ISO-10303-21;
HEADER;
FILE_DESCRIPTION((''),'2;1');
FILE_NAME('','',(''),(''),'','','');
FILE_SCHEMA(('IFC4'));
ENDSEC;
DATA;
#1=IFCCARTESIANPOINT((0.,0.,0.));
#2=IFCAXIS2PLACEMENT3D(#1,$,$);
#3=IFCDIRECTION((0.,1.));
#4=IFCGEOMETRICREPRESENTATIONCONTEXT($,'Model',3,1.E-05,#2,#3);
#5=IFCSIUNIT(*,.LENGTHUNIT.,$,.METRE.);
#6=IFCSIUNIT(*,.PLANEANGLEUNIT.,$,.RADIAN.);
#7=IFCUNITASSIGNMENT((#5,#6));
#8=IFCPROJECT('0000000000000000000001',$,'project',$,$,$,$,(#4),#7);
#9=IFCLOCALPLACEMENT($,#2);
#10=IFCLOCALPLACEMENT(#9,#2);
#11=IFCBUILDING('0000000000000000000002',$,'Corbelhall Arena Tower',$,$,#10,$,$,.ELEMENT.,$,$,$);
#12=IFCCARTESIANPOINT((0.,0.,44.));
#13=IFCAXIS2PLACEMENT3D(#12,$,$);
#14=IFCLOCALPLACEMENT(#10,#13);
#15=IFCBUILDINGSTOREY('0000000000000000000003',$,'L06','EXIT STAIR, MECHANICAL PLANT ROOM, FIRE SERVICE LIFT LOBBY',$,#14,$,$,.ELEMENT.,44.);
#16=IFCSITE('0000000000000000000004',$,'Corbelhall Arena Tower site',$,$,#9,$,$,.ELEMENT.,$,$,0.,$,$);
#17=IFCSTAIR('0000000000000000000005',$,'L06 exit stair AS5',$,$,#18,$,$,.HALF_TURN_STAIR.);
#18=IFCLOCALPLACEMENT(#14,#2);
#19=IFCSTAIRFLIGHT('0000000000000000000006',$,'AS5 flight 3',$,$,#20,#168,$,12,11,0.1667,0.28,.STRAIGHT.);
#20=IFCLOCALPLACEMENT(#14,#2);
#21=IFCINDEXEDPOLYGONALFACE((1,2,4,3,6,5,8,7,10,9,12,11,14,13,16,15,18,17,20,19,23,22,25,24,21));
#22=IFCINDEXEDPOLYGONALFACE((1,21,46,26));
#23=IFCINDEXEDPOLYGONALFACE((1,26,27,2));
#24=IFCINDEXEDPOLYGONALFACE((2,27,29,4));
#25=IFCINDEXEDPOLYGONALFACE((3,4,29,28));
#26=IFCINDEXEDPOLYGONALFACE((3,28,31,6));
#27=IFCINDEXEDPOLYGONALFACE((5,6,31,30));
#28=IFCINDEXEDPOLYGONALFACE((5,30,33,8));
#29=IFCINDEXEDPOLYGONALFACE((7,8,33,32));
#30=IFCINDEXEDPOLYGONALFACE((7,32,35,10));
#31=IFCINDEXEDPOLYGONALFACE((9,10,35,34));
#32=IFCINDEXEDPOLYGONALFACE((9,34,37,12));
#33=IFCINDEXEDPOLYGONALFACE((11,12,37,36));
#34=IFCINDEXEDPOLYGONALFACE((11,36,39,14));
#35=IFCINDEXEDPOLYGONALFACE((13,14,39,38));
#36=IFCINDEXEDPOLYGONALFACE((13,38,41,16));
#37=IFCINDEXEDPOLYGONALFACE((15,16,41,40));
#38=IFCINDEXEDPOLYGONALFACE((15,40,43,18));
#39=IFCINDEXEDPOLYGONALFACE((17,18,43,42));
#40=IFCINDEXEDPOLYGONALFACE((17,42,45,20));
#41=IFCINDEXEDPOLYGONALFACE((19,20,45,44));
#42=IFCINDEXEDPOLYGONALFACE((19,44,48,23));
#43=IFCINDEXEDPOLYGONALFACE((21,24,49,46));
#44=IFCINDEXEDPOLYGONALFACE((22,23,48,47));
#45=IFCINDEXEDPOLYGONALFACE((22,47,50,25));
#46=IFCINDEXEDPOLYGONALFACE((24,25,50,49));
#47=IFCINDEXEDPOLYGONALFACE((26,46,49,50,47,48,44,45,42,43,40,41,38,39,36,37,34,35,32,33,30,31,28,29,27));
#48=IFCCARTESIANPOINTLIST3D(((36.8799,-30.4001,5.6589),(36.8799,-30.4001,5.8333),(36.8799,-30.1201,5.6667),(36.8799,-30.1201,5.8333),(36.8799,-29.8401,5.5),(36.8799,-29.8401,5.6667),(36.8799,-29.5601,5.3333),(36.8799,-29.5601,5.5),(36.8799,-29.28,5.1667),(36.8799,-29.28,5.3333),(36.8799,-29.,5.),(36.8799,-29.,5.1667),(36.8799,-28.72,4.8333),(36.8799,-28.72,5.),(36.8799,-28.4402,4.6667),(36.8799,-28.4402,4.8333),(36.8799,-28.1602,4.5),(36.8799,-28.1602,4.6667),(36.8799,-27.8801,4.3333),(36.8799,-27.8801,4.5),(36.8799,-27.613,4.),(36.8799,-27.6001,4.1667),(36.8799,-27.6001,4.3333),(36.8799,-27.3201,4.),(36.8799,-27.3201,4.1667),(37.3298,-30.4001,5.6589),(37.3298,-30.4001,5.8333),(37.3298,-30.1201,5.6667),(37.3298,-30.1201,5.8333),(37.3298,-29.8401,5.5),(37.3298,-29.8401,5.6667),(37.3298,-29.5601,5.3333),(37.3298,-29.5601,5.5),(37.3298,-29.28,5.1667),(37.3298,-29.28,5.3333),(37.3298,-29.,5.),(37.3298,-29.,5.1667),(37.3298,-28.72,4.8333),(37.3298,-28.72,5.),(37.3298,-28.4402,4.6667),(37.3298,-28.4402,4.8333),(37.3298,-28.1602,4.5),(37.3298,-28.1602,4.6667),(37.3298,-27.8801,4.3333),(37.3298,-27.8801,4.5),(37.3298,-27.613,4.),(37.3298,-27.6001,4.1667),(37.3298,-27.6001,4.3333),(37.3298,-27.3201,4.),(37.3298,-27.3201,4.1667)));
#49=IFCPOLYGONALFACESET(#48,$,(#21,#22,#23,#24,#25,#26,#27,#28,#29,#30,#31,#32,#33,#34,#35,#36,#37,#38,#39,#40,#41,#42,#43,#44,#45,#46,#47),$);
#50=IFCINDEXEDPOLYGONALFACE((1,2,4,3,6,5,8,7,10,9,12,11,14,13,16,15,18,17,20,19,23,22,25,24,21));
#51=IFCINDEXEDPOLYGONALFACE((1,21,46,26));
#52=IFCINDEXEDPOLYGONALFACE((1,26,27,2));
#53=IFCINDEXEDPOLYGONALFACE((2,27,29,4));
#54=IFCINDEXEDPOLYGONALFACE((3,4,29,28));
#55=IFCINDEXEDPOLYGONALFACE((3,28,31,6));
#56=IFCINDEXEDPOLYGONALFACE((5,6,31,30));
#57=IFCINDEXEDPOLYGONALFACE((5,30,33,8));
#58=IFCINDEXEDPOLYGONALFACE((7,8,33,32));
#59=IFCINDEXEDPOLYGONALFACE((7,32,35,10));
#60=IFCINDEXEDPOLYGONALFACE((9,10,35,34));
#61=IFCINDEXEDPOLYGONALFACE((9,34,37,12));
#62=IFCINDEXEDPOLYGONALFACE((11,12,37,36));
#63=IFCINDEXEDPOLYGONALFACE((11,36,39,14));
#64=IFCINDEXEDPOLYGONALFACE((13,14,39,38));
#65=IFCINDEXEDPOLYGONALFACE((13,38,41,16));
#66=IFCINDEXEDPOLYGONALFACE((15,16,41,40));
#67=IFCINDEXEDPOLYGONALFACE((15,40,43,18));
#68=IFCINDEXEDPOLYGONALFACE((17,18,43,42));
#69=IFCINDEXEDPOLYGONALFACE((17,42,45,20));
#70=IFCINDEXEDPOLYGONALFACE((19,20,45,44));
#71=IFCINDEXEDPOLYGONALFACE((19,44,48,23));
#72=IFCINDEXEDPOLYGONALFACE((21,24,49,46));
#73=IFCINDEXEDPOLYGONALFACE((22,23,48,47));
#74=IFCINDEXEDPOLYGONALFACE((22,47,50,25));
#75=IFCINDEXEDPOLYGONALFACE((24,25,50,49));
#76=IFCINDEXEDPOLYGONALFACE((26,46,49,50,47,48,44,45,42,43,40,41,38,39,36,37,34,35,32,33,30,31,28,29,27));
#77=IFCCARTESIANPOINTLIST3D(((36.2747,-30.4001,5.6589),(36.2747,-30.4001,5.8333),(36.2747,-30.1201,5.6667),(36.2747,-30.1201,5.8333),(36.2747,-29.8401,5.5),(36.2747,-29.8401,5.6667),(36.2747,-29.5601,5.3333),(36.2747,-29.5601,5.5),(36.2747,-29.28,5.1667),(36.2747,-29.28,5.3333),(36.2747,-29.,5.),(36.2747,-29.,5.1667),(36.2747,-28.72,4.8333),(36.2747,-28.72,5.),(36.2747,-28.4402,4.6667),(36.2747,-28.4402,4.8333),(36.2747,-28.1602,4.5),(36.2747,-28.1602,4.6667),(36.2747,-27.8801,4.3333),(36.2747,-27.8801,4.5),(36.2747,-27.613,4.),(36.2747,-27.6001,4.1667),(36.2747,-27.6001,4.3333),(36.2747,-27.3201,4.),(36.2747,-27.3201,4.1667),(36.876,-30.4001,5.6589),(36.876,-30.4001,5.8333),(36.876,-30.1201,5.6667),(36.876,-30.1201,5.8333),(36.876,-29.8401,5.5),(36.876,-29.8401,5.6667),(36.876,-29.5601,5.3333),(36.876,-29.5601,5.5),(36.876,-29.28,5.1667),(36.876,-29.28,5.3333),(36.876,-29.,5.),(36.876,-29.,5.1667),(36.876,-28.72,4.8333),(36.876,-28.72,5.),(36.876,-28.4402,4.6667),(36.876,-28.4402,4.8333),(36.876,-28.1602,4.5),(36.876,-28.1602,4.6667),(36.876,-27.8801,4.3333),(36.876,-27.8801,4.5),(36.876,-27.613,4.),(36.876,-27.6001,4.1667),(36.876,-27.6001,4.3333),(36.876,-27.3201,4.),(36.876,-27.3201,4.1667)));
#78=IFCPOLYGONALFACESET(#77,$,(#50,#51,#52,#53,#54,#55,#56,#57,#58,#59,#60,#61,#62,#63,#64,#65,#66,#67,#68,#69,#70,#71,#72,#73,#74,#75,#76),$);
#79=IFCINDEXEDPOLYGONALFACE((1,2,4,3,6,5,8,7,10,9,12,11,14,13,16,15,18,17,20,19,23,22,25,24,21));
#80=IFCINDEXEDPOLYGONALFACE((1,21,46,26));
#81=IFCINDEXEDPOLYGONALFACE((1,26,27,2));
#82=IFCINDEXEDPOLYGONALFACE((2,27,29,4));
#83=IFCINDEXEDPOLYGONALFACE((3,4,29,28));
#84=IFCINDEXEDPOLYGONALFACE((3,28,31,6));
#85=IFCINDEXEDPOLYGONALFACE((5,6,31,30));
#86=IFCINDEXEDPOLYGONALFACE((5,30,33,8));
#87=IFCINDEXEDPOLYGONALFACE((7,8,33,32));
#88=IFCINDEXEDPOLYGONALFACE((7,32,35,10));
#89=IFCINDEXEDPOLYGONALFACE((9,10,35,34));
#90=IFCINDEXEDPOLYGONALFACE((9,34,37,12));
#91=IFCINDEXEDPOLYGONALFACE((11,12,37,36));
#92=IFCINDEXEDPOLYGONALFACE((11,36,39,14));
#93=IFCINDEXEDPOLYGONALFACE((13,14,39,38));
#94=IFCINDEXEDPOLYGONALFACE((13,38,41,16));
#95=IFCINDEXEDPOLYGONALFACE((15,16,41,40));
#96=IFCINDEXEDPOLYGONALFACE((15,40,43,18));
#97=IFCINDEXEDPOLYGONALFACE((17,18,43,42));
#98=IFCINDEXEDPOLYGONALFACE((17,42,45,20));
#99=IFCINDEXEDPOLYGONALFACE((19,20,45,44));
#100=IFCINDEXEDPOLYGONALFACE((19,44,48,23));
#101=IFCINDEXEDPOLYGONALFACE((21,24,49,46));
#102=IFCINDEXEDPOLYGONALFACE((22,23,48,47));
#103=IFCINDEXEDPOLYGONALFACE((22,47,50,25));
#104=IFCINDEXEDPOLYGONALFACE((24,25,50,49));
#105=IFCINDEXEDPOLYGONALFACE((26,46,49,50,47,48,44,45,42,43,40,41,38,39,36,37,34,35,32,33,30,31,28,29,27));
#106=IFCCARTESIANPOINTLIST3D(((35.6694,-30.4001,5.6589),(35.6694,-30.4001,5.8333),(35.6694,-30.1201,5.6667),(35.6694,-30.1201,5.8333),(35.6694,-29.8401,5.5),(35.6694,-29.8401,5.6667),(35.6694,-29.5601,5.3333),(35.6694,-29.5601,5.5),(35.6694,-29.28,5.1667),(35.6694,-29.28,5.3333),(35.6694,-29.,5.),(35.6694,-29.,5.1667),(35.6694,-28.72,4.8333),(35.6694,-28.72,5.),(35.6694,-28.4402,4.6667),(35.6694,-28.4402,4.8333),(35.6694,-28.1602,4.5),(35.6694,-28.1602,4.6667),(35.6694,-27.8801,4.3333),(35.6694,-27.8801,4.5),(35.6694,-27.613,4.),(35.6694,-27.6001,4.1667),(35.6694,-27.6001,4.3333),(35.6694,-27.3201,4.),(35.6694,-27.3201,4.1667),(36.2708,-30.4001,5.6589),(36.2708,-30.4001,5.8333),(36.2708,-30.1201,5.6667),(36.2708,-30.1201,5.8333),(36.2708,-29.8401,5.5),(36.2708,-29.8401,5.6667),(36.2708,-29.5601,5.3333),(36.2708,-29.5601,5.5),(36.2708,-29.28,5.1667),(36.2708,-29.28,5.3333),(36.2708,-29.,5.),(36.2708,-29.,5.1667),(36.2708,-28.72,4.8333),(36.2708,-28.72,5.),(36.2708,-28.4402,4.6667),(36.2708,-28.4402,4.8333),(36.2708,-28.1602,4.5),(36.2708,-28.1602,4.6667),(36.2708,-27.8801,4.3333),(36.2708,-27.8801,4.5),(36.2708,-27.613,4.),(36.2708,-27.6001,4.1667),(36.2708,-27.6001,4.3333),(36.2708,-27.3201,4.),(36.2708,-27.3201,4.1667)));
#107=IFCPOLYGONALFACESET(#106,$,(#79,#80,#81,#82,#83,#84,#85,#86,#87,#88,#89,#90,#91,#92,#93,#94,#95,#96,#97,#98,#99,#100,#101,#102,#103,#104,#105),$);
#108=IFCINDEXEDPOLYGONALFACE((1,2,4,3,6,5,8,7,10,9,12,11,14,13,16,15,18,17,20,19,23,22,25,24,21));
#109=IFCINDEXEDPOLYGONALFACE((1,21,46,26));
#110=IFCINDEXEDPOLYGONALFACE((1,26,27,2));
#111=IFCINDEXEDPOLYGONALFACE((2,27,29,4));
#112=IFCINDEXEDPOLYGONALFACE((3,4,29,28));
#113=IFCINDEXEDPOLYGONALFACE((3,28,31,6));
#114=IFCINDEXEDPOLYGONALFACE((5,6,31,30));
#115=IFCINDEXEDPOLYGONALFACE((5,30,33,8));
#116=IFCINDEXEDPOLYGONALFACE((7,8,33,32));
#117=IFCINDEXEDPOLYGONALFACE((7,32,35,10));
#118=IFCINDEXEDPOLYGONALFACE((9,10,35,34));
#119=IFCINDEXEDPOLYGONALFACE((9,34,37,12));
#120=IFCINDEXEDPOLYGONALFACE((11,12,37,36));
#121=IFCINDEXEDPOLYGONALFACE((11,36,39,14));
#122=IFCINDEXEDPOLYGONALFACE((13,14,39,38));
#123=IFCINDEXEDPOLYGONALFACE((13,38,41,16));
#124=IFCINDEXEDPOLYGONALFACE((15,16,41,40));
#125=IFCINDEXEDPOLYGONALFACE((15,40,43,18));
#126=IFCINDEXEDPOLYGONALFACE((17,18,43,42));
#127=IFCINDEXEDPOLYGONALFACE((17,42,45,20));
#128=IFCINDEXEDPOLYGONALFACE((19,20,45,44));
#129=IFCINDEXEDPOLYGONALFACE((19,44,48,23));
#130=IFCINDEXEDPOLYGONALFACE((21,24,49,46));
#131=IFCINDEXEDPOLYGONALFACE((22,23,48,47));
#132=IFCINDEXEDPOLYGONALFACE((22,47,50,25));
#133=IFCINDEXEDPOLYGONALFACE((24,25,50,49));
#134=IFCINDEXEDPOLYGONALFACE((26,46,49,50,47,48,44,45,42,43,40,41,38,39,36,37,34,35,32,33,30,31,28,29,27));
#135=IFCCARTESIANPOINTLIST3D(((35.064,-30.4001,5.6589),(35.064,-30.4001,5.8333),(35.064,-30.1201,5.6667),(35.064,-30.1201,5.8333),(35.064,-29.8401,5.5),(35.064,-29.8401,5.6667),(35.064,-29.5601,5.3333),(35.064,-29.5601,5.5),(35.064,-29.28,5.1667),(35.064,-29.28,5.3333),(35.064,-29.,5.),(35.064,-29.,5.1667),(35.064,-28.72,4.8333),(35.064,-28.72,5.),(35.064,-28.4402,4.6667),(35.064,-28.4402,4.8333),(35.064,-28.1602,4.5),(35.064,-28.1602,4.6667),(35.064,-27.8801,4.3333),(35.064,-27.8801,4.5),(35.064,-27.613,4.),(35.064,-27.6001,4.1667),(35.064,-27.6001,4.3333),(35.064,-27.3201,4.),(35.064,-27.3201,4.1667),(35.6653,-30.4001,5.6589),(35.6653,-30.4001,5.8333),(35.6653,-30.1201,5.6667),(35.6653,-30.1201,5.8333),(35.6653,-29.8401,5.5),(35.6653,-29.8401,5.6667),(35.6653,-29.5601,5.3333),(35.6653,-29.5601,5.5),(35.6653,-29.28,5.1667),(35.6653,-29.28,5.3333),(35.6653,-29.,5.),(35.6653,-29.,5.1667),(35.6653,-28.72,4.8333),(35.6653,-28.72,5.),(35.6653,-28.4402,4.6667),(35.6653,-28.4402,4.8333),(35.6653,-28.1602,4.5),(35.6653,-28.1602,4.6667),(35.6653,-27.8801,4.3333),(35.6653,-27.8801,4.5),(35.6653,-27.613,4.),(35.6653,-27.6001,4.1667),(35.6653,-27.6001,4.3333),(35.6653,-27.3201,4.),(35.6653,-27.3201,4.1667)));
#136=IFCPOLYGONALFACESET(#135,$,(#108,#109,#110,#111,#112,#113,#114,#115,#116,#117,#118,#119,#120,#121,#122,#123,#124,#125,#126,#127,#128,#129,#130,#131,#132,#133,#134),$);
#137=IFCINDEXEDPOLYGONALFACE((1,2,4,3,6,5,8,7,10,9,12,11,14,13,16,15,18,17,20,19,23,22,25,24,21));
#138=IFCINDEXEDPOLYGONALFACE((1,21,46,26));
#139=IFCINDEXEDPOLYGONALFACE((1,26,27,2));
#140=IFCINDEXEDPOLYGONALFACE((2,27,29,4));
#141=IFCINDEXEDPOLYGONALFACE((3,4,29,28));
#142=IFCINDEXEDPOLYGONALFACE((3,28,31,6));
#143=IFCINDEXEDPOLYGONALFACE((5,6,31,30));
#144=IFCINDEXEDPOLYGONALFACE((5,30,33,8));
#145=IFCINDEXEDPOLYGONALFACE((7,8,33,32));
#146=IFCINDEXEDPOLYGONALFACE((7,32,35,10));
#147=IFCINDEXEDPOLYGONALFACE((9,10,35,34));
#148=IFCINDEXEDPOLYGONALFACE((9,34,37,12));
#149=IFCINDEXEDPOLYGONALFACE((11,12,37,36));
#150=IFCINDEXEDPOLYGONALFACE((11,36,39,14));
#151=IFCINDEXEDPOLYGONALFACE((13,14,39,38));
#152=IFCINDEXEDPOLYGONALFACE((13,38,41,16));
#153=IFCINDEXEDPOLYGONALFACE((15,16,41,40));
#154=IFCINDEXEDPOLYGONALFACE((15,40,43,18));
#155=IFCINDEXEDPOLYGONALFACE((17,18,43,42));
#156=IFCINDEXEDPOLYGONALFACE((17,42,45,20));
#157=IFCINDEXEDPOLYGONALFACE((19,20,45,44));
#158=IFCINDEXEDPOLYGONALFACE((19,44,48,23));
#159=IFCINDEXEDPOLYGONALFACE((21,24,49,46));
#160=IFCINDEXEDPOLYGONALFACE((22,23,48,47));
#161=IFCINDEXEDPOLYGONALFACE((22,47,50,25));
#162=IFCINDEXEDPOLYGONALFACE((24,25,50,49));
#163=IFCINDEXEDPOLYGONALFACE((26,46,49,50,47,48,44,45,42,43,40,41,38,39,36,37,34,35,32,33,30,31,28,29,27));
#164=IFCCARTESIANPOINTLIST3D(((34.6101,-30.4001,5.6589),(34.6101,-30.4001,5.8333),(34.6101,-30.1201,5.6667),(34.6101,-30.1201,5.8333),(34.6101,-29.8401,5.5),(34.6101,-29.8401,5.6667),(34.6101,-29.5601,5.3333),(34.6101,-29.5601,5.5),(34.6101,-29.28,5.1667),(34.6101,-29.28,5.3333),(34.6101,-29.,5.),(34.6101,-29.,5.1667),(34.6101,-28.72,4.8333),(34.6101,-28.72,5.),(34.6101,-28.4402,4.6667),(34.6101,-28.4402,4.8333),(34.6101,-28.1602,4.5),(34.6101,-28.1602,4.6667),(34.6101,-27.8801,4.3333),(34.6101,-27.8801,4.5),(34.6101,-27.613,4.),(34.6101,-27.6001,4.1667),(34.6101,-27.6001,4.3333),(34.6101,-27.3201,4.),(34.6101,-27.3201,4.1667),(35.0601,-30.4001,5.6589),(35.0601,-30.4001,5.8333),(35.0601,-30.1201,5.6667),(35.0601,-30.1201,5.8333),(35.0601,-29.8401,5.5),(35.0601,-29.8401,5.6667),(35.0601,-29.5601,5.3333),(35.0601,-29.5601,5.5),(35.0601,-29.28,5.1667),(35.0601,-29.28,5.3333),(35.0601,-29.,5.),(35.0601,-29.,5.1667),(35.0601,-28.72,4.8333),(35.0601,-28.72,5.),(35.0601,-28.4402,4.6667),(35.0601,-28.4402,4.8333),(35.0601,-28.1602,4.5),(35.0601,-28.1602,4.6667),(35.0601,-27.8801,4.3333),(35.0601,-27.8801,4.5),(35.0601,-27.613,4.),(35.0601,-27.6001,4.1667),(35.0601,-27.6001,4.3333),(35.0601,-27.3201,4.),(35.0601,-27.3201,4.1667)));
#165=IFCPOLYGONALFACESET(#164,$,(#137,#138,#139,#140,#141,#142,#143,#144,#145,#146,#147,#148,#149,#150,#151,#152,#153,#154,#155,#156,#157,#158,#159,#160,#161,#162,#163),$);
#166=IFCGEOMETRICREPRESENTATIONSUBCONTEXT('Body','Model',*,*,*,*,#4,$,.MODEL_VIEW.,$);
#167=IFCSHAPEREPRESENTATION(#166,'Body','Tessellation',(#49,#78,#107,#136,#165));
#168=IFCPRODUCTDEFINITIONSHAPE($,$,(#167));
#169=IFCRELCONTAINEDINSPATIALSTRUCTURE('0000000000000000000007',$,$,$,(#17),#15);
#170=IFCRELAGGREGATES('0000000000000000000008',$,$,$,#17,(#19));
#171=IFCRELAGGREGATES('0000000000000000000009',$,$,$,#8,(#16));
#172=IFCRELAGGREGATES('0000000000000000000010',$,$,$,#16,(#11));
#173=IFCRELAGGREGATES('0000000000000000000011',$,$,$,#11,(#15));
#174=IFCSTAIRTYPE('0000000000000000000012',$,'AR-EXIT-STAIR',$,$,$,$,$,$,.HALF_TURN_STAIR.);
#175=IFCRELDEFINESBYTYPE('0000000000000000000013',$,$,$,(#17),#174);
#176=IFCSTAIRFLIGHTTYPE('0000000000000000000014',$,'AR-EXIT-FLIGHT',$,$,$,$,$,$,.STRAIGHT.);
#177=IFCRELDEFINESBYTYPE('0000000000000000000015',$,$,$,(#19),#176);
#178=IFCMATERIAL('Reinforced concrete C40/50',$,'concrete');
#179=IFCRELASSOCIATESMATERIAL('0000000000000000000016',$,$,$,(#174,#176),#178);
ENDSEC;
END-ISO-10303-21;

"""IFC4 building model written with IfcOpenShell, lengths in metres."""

from ifc_helpers import new_model, si_unit, direction, frame, origin, place, context, subcontext, project, spatial, polyline, outline, extrude, material, type_object, element, aggregate, save


model = new_model("IFC4")

# Units and contexts
model_context = context("Model", 3, precision=1e-05, world=origin(), true_north=direction((0.0, 1.0)))
body_context = subcontext(model_context, "Body", "Model", "MODEL_VIEW")
ifc_project = project(units=[si_unit("LENGTHUNIT", "METRE"), si_unit("PLANEANGLEUNIT", "RADIAN")], contexts=[model_context])

# Site, building, storey
site_placement = place(None, origin())
site = spatial("IfcSite", under=ifc_project, at=site_placement, Name="Corbelhall Arena Tower site", CompositionType="ELEMENT", RefElevation=0.0)
building_placement = place(site_placement, origin())
building = spatial("IfcBuilding", under=site, at=building_placement, Name="Corbelhall Arena Tower", CompositionType="ELEMENT")
storey_placement = place(building_placement, frame((0.0, 0.0, 44.0)))
storey = spatial("IfcBuildingStorey", under=building, at=storey_placement, Name="L06", Description="EXIT STAIR, MECHANICAL PLANT ROOM, FIRE SERVICE LIFT LOBBY", CompositionType="ELEMENT", Elevation=44.0)

# Shared definitions
ifc_material_1 = material(Name="Reinforced concrete C40/50", Category="concrete")

# Stair, stair flight
stair_type = type_object("IfcStairType", Name="AR-EXIT-STAIR", PredefinedType="HALF_TURN_STAIR", material=ifc_material_1)
stair_1_placement = place(storey_placement, origin())
stair_1 = element("IfcStair", 1, at=stair_1_placement, inside=storey, type_object=stair_type, Name="L06 exit stair AS5", PredefinedType="HALF_TURN_STAIR")
stair_flight_type = type_object("IfcStairFlightType", Name="AR-EXIT-FLIGHT", PredefinedType="STRAIGHT", material=ifc_material_1)
stair_flight_1_placement = place(storey_placement, frame((35.97, -27.3201, 4.0), z_axis=(0.0, 0.0, 1.0), x_axis=(0.0, -1.0, 0.0)))
stair_flight_1 = element("IfcStairFlight", 2, at=stair_flight_1_placement, type_object=stair_flight_type, Name="AS5 flight 3", NumberOfRisers=12, NumberOfTreads=11, PredefinedType="STRAIGHT", RiserHeight=0.1667, TreadLength=0.28, context=body_context, shape_type="SweptSolid", body=[
    extrude(outline(polyline([(0.0, 0.0), (0.0, 0.1667), (0.28, 0.1667), (0.28, 0.3333), (0.5601, 0.3333), (0.5601, 0.5), (0.8401, 0.5), (0.8401, 0.6667), (1.1201, 0.6667), (1.1201, 0.8333), (1.3999, 0.8333), (1.3999, 1.0), (1.6799, 1.0), (1.6799, 1.1667), (1.96, 1.1667), (1.96, 1.3333), (2.24, 1.3333), (2.24, 1.5), (2.52, 1.5), (2.52, 1.6667), (2.8, 1.6667), (2.8, 1.8333), (3.0801, 1.8333), (3.0801, 2.0), (3.0801, 1.6589), (0.293, 0.0), (0.0, 0.0)])), frame((0.0, 1.3599, 0.0), z_axis=(0.0, -1.0, 0.0), x_axis=(1.0, 0.0, 0.0)), (0.0, 0.0, 1.0), 0.45),
    extrude(outline(polyline([(0.0, 0.0), (0.0, 0.1667), (0.28, 0.1667), (0.28, 0.3333), (0.5601, 0.3333), (0.5601, 0.5), (0.8401, 0.5), (0.8401, 0.6667), (1.1201, 0.6667), (1.1201, 0.8333), (1.3999, 0.8333), (1.3999, 1.0), (1.6799, 1.0), (1.6799, 1.1667), (1.96, 1.1667), (1.96, 1.3333), (2.24, 1.3333), (2.24, 1.5), (2.52, 1.5), (2.52, 1.6667), (2.8, 1.6667), (2.8, 1.8333), (3.0801, 1.8333), (3.0801, 2.0), (3.0801, 1.6589), (0.293, 0.0), (0.0, 0.0)])), frame((0.0, 0.906, 0.0), z_axis=(0.0, -1.0, 0.0), x_axis=(1.0, 0.0, 0.0)), (0.0, 0.0, 1.0), 0.6013),
    extrude(outline(polyline([(0.0, 0.0), (0.0, 0.1667), (0.28, 0.1667), (0.28, 0.3333), (0.5601, 0.3333), (0.5601, 0.5), (0.8401, 0.5), (0.8401, 0.6667), (1.1201, 0.6667), (1.1201, 0.8333), (1.3999, 0.8333), (1.3999, 1.0), (1.6799, 1.0), (1.6799, 1.1667), (1.96, 1.1667), (1.96, 1.3333), (2.24, 1.3333), (2.24, 1.5), (2.52, 1.5), (2.52, 1.6667), (2.8, 1.6667), (2.8, 1.8333), (3.0801, 1.8333), (3.0801, 2.0), (3.0801, 1.6589), (0.293, 0.0), (0.0, 0.0)])), frame((0.0, 0.3008, 0.0), z_axis=(0.0, -1.0, 0.0), x_axis=(1.0, 0.0, 0.0)), (0.0, 0.0, 1.0), 0.6013),
    extrude(outline(polyline([(0.0, 0.0), (0.0, 0.1667), (0.28, 0.1667), (0.28, 0.3333), (0.5601, 0.3333), (0.5601, 0.5), (0.8401, 0.5), (0.8401, 0.6667), (1.1201, 0.6667), (1.1201, 0.8333), (1.3999, 0.8333), (1.3999, 1.0), (1.6799, 1.0), (1.6799, 1.1667), (1.96, 1.1667), (1.96, 1.3333), (2.24, 1.3333), (2.24, 1.5), (2.52, 1.5), (2.52, 1.6667), (2.8, 1.6667), (2.8, 1.8333), (3.0801, 1.8333), (3.0801, 2.0), (3.0801, 1.6589), (0.293, 0.0), (0.0, 0.0)])), frame((0.0, -0.3047, 0.0), z_axis=(0.0, -1.0, 0.0), x_axis=(1.0, 0.0, 0.0)), (0.0, 0.0, 1.0), 0.6013),
    extrude(outline(polyline([(0.0, 0.0), (0.0, 0.1667), (0.28, 0.1667), (0.28, 0.3333), (0.5601, 0.3333), (0.5601, 0.5), (0.8401, 0.5), (0.8401, 0.6667), (1.1201, 0.6667), (1.1201, 0.8333), (1.3999, 0.8333), (1.3999, 1.0), (1.6799, 1.0), (1.6799, 1.1667), (1.96, 1.1667), (1.96, 1.3333), (2.24, 1.3333), (2.24, 1.5), (2.52, 1.5), (2.52, 1.6667), (2.8, 1.6667), (2.8, 1.8333), (3.0801, 1.8333), (3.0801, 2.0), (3.0801, 1.6589), (0.293, 0.0), (0.0, 0.0)])), frame((0.0, -0.9099, 0.0), z_axis=(0.0, -1.0, 0.0), x_axis=(1.0, 0.0, 0.0)), (0.0, 0.0, 1.0), 0.45),
])
aggregate(stair_1, [stair_flight_1])

save(model, "model.ifc")
